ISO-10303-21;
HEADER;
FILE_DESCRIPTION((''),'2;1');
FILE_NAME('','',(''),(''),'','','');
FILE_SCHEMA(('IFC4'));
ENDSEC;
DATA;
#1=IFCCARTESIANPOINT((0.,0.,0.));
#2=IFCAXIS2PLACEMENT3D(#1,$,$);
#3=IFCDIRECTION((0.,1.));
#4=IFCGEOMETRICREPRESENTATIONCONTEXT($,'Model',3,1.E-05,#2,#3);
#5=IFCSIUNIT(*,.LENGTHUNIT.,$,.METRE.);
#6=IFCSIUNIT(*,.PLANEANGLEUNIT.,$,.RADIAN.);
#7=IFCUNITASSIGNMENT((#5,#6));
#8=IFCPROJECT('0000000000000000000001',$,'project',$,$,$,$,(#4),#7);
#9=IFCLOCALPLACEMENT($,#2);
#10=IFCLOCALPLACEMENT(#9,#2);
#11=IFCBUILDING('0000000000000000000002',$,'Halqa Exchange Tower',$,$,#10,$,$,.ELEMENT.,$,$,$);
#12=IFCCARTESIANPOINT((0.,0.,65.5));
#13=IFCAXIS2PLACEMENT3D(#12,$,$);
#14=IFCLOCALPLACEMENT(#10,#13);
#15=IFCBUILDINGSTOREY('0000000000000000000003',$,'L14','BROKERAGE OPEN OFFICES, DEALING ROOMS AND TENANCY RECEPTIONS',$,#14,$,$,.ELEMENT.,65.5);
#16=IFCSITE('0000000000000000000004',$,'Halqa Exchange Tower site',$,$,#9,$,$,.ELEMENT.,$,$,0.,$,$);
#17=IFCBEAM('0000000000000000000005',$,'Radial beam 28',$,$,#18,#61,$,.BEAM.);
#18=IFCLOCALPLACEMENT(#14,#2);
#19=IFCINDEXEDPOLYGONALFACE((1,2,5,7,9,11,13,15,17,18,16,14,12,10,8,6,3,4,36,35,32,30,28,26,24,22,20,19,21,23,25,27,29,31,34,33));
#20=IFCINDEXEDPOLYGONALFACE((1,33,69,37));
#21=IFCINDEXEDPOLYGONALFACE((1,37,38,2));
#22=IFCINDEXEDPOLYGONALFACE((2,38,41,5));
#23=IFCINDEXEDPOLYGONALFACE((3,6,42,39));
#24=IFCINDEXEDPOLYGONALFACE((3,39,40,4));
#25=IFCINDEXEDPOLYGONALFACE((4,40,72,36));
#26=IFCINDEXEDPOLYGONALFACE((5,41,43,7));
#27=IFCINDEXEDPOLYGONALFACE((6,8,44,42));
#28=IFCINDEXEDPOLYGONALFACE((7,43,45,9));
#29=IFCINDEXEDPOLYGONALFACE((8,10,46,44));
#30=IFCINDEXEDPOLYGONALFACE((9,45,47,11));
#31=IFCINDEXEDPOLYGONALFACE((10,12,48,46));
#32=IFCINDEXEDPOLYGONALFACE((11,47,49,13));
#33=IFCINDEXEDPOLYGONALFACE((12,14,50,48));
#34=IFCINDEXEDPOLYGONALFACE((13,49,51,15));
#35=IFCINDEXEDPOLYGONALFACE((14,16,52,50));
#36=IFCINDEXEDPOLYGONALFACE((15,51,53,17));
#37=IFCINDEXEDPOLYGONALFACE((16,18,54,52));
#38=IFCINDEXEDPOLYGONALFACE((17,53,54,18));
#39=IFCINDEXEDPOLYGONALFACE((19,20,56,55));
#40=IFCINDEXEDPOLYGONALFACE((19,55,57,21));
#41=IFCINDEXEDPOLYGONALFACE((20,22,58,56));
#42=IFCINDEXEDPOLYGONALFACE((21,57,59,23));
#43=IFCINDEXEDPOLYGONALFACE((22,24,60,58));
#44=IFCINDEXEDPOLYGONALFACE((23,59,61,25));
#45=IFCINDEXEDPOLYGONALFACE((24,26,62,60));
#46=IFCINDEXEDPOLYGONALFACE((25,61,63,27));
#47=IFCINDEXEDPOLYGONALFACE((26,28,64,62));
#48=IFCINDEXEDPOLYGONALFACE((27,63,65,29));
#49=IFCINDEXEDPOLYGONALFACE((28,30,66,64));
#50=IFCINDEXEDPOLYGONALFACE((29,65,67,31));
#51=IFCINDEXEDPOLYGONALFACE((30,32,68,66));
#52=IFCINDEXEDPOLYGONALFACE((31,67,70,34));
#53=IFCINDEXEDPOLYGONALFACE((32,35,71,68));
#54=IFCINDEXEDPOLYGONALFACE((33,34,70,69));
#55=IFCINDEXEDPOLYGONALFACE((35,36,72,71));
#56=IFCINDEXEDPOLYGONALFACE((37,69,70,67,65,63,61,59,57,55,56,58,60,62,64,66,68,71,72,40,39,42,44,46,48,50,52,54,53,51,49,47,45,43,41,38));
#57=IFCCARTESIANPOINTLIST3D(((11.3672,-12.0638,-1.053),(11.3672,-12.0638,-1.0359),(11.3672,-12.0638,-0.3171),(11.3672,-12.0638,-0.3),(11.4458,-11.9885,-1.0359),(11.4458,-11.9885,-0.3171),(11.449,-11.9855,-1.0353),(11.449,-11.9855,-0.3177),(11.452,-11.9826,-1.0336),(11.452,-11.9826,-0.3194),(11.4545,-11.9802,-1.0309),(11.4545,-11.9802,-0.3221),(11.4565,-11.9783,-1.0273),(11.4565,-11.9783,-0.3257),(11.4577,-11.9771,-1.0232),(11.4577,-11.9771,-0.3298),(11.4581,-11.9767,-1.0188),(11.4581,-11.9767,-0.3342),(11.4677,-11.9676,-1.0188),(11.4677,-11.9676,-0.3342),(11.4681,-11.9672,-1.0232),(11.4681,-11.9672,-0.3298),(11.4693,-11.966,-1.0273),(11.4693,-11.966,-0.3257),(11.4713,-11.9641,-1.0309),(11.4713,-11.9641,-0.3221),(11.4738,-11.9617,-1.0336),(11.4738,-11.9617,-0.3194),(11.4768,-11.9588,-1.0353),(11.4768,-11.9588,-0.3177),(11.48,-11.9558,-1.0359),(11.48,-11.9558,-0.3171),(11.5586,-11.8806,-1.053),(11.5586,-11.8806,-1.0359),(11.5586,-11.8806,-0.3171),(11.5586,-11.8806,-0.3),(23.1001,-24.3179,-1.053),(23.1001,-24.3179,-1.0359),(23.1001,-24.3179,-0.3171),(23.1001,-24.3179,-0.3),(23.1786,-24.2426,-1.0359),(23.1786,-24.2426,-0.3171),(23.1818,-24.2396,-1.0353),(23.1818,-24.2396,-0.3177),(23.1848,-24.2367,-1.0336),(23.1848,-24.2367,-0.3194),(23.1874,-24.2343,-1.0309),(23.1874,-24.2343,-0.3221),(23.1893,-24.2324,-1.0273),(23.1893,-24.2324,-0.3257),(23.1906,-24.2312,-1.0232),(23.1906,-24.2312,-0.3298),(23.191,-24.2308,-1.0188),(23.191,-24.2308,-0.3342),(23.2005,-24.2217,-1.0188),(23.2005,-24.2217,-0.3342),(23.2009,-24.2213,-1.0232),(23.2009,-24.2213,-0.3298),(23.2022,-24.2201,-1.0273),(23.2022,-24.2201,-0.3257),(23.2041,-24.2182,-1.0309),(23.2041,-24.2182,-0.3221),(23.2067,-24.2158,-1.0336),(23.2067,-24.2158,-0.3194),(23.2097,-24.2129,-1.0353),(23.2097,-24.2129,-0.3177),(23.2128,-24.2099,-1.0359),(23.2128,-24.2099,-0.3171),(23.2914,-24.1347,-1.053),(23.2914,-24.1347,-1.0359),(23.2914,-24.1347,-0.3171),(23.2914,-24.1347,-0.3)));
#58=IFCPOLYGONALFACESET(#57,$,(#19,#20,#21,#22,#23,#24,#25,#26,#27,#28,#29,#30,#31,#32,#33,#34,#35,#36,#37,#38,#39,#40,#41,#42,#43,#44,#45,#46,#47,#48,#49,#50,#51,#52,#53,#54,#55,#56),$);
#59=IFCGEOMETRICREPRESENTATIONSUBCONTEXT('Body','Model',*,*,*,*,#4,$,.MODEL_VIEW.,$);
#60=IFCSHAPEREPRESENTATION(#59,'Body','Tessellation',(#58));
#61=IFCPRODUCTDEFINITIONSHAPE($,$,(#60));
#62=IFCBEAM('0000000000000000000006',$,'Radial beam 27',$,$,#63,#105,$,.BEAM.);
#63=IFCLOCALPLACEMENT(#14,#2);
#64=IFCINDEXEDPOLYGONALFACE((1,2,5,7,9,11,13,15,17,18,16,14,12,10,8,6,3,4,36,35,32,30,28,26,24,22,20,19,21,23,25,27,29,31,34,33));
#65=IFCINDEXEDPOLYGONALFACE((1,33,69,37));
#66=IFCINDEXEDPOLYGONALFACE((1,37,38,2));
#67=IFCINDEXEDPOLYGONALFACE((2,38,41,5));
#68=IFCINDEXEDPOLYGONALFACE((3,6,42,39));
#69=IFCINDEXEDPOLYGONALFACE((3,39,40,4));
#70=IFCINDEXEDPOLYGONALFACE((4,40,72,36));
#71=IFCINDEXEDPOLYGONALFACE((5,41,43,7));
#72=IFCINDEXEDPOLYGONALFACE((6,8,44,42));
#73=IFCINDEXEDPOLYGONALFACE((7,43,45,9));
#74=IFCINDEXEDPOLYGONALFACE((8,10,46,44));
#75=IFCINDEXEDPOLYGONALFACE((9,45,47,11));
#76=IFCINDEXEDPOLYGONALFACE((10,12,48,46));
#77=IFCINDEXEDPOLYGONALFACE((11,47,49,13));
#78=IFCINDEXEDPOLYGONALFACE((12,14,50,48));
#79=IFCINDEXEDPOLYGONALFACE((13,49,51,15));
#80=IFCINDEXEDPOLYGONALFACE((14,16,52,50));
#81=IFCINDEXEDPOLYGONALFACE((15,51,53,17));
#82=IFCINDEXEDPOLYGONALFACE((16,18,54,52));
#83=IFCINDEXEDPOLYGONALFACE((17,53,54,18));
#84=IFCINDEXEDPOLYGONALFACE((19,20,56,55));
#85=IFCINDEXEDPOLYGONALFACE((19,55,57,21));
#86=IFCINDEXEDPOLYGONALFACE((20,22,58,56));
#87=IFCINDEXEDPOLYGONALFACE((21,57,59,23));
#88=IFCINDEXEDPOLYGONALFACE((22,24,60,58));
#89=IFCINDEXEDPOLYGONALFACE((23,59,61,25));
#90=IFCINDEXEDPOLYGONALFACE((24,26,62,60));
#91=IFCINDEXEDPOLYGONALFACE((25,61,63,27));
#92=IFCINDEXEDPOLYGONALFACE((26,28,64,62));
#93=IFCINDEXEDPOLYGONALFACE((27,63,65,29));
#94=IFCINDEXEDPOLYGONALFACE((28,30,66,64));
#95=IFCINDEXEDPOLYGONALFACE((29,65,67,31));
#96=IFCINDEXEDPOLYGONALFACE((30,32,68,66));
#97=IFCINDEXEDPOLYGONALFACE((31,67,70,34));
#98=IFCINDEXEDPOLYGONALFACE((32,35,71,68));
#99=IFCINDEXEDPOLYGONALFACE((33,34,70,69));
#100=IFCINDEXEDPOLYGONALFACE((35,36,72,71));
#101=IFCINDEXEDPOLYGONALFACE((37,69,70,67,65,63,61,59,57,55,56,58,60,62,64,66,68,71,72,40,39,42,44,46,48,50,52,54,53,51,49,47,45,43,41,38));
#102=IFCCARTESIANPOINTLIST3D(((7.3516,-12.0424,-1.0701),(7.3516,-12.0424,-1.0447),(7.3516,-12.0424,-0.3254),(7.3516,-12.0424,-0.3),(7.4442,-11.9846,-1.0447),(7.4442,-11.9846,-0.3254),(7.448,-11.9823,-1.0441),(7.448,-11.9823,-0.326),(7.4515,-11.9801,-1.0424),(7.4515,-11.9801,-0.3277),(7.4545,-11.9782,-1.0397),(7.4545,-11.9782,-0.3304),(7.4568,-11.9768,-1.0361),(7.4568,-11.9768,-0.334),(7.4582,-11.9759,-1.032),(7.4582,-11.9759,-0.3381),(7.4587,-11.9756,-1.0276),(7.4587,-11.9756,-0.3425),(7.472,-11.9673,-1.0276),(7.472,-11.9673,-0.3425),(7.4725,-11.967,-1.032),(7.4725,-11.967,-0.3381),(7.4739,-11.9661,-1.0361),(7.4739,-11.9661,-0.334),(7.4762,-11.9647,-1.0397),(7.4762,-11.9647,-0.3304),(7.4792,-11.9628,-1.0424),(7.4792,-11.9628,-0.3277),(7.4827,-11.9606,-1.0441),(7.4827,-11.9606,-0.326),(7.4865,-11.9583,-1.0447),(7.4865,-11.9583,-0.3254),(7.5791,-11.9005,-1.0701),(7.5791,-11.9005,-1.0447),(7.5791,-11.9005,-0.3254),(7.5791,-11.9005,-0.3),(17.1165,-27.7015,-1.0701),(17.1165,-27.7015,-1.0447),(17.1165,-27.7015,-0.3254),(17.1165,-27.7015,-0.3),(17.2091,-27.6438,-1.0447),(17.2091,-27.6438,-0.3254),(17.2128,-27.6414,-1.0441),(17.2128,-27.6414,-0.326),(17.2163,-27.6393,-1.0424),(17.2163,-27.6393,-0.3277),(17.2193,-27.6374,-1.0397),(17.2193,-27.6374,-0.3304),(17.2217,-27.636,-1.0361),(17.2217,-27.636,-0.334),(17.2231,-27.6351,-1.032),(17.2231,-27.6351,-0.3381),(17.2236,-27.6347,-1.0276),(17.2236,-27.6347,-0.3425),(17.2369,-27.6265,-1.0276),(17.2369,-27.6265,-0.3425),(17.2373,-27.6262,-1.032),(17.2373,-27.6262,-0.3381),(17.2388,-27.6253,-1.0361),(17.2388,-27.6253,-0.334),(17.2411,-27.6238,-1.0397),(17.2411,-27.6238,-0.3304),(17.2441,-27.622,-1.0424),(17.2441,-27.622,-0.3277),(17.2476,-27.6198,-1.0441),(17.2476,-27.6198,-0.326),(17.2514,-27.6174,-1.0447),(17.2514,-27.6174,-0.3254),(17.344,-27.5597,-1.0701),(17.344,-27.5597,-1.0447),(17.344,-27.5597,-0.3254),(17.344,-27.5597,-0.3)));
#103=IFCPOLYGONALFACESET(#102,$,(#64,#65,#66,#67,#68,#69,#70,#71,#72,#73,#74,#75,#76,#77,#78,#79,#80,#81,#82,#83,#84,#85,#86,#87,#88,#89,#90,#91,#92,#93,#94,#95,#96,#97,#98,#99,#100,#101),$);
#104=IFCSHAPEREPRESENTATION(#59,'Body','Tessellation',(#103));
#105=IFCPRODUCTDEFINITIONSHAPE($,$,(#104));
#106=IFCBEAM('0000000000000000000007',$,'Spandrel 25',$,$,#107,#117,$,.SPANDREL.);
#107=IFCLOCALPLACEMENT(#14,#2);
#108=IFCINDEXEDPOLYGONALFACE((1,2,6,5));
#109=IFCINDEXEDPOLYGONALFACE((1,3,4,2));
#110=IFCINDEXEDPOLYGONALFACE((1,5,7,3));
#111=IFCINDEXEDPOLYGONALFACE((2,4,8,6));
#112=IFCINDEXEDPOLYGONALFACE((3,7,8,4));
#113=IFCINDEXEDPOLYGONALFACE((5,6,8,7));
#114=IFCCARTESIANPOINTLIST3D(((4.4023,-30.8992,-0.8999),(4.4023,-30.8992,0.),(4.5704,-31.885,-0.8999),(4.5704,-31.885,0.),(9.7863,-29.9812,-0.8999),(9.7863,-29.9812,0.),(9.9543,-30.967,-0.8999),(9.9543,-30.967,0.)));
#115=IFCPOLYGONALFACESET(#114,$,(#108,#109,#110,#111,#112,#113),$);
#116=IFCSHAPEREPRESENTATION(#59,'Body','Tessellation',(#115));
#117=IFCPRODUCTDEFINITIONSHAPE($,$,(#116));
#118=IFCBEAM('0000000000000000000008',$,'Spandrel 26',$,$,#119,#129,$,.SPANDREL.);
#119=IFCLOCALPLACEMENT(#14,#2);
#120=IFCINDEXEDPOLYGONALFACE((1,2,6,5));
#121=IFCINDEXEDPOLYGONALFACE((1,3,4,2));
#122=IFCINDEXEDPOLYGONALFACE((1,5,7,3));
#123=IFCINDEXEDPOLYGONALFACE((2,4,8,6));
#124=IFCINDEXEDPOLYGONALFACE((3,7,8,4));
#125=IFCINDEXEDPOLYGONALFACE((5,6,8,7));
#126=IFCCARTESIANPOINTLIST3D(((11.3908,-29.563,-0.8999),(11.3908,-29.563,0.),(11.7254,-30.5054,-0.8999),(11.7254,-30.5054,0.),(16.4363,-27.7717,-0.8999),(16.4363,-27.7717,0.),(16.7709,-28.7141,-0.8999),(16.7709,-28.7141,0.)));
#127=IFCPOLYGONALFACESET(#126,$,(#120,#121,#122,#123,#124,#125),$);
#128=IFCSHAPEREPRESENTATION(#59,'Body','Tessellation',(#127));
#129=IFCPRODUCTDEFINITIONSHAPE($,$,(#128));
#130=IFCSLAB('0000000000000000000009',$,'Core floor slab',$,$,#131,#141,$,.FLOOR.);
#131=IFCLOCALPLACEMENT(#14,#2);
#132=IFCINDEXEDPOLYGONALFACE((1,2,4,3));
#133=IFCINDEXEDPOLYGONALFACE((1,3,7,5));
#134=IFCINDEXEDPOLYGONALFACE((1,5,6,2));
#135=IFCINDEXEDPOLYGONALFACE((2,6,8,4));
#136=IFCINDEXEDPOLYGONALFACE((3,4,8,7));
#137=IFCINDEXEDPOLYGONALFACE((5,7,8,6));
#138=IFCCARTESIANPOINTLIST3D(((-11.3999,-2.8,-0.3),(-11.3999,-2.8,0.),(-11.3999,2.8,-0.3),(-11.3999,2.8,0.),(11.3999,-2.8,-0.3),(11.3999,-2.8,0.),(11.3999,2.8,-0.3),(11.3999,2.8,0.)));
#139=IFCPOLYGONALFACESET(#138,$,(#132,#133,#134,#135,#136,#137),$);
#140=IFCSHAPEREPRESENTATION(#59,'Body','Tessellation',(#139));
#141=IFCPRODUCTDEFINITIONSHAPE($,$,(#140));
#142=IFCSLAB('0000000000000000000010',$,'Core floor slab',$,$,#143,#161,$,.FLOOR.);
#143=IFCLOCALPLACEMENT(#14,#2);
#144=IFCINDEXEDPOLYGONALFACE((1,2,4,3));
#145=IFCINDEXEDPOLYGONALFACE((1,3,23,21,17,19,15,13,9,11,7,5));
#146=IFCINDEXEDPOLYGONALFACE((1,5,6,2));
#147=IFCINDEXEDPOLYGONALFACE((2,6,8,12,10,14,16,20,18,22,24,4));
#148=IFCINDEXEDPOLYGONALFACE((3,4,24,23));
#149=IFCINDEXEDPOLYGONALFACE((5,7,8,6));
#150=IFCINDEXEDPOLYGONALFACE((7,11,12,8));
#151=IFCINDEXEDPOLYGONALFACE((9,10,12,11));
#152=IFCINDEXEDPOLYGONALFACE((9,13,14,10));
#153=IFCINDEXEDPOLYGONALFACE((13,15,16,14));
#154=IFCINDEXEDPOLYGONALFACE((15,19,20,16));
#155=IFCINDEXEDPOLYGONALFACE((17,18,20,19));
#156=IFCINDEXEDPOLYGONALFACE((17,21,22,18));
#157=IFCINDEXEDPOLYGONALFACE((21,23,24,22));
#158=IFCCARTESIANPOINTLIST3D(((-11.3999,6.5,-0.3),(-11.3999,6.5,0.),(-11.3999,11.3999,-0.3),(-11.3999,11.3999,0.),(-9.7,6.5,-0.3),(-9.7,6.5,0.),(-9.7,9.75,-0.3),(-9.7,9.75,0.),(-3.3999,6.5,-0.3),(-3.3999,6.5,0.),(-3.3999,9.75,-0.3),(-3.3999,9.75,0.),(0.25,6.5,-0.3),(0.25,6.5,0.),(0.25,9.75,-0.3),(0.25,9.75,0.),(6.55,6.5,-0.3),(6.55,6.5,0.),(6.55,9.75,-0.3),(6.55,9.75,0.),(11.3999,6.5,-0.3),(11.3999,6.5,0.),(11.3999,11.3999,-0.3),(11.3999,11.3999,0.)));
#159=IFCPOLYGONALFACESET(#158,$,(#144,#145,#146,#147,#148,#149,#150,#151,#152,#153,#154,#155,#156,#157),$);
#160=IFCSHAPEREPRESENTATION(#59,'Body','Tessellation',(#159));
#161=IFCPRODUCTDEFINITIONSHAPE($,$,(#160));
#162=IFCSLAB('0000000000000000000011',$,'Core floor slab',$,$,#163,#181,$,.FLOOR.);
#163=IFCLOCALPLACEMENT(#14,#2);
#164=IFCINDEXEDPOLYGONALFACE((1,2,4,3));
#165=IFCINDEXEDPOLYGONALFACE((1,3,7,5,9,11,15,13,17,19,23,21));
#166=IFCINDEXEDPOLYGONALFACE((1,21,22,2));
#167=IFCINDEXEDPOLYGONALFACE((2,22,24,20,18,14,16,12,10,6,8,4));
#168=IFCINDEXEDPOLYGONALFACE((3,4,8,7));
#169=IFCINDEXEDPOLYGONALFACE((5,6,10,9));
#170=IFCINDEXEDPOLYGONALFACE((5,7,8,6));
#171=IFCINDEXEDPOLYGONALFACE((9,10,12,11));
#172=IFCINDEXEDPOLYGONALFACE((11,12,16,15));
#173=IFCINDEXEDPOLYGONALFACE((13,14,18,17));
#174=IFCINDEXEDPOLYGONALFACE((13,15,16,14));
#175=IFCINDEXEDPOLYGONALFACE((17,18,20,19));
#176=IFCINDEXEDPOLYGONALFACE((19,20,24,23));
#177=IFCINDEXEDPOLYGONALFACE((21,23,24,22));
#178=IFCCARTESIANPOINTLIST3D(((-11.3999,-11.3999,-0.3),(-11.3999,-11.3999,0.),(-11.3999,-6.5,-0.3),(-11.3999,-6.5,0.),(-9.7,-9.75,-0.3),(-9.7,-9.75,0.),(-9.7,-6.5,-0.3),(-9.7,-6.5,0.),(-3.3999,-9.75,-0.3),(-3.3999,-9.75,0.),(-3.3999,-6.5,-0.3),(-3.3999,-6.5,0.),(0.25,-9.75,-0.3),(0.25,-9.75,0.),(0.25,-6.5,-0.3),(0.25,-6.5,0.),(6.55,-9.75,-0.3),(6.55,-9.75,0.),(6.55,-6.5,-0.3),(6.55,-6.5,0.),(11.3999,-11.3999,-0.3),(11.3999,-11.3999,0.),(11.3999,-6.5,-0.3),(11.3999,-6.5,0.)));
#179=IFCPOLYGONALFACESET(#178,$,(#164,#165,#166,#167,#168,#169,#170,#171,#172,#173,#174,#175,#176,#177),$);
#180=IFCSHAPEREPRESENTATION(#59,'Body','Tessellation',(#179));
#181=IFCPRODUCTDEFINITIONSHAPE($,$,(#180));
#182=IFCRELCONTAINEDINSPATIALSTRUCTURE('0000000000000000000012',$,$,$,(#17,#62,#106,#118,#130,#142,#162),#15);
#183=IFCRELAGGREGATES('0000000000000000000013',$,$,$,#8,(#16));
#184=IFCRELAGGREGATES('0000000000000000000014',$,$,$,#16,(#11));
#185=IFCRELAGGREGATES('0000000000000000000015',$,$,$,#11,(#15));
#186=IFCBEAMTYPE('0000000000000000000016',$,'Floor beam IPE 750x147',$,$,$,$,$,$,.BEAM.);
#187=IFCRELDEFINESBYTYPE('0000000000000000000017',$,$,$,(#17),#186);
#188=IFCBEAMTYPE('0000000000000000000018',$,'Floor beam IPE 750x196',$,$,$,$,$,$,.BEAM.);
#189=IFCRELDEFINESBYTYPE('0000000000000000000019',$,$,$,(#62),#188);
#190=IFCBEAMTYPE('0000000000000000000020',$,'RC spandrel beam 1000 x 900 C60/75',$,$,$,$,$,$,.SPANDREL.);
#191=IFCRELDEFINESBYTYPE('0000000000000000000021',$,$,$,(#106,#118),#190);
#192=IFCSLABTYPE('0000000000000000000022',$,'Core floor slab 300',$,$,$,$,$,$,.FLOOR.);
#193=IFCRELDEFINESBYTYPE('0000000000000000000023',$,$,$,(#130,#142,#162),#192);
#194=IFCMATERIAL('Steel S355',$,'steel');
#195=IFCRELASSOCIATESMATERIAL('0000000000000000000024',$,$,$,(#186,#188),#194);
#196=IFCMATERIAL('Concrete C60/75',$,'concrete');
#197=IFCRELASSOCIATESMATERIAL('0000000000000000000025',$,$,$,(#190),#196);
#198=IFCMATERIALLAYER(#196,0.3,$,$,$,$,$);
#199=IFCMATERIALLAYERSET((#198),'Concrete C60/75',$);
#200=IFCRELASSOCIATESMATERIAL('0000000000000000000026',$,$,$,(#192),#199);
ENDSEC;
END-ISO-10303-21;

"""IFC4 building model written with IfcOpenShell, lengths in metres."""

from ifc_helpers import new_model, si_unit, direction, frame, origin, origin_2d, place, context, subcontext, project, spatial, polyline, rectangle, i_section, outline, extrude, material, layer, layer_set, material_profile, profile_set, type_object, element, save


model = new_model("IFC4")

# Units and contexts
model_context = context("Model", 3, precision=1e-05, world=origin(), true_north=direction((0.0, 1.0)))
body_context = subcontext(model_context, "Body", "Model", "MODEL_VIEW")
ifc_project = project(units=[si_unit("LENGTHUNIT", "METRE"), si_unit("PLANEANGLEUNIT", "RADIAN")], contexts=[model_context])

# Site, building, storey
site_placement = place(None, origin())
site = spatial("IfcSite", under=ifc_project, at=site_placement, Name="Halqa Exchange Tower site", CompositionType="ELEMENT", RefElevation=0.0)
building_placement = place(site_placement, origin())
building = spatial("IfcBuilding", under=site, at=building_placement, Name="Halqa Exchange Tower", CompositionType="ELEMENT")
storey_placement = place(building_placement, frame((0.0, 0.0, 65.5)))
storey = spatial("IfcBuildingStorey", under=building, at=storey_placement, Name="L14", Description="BROKERAGE OPEN OFFICES, DEALING ROOMS AND TENANCY RECEPTIONS", CompositionType="ELEMENT", Elevation=65.5)

# Beams
ifc_material_1 = material(Name="Steel S355", Category="steel")
ifc_material_profile_1 = material_profile(ifc_material_1, i_section(OverallWidth=0.2649, OverallDepth=0.7529, WebThickness=0.0132, FlangeThickness=0.0171, FilletRadius=0.0171, at=origin_2d()), Name="IPE 750x147")
ifc_profile_set_1 = profile_set([ifc_material_profile_1], Name="Steel S355")
beam_type_1 = type_object("IfcBeamType", Name="Floor beam IPE 750x147", PredefinedType="BEAM", material=ifc_profile_set_1)
beam_1_placement = place(storey_placement, frame((11.4629, -11.9722, -0.6765), z_axis=(0.691578, -0.722302, 0.0), x_axis=(0.722302, 0.691578, 0.0)))
element("IfcBeam", 1, at=beam_1_placement, inside=storey, type_object=beam_type_1, Name="Radial beam 28", PredefinedType="BEAM", context=body_context, shape_type="SweptSolid", body=[
    extrude(i_section(OverallWidth=0.2649, OverallDepth=0.7529, WebThickness=0.0132, FlangeThickness=0.0171, FilletRadius=0.0171, at=origin_2d()), origin(), (0.0, 0.0, 1.0), 16.9653),
])
ifc_material_profile_2 = material_profile(ifc_material_1, i_section(OverallWidth=0.2681, OverallDepth=0.77, WebThickness=0.0156, FlangeThickness=0.0254, FilletRadius=0.0171, at=origin_2d()), Name="IPE 750x196")
ifc_profile_set_2 = profile_set([ifc_material_profile_2], Name="Steel S355")
beam_type_2 = type_object("IfcBeamType", Name="Floor beam IPE 750x196", PredefinedType="BEAM", material=ifc_profile_set_2)
beam_2_placement = place(storey_placement, frame((7.4653, -11.9714, -0.6851), z_axis=(0.529138, -0.848536, 0.0), x_axis=(0.848536, 0.529138, 0.0)))
element("IfcBeam", 2, at=beam_2_placement, inside=storey, type_object=beam_type_2, Name="Radial beam 27", PredefinedType="BEAM", context=body_context, shape_type="SweptSolid", body=[
    extrude(i_section(OverallWidth=0.2681, OverallDepth=0.77, WebThickness=0.0156, FlangeThickness=0.0254, FilletRadius=0.0171, at=origin_2d()), origin(), (0.0, 0.0, 1.0), 18.4543),
])
ifc_material_2 = material(Name="Concrete C60/75", Category="concrete")
ifc_material_profile_3 = material_profile(ifc_material_2, rectangle(XDim=1.0, YDim=0.8999, at=origin_2d()), Name="1000 x 900")
ifc_profile_set_3 = profile_set([ifc_material_profile_3], Name="Concrete C60/75")
beam_type_3 = type_object("IfcBeamType", Name="RC spandrel beam 1000 x 900 C60/75", PredefinedType="SPANDREL", material=ifc_profile_set_3)
beam_3_placement = place(storey_placement, frame((4.4863, -31.3921, -0.45), z_axis=(0.985775, 0.168073, 0.0), x_axis=(-0.168073, 0.985775, 0.0)))
element("IfcBeam", 3, at=beam_3_placement, inside=storey, type_object=beam_type_3, Name="Spandrel 25", PredefinedType="SPANDREL", context=body_context, shape_type="SweptSolid", body=[
    extrude(rectangle(XDim=1.0, YDim=0.8999, at=origin_2d()), origin(), (0.0, 0.0, 1.0), 5.4617),
])
beam_4_placement = place(storey_placement, frame((11.5581, -30.0342, -0.45), z_axis=(0.942372, 0.334568, 0.0), x_axis=(-0.334568, 0.942372, 0.0)))
element("IfcBeam", 4, at=beam_4_placement, inside=storey, type_object=beam_type_3, Name="Spandrel 26", PredefinedType="SPANDREL", context=body_context, shape_type="SweptSolid", body=[
    extrude(rectangle(XDim=1.0, YDim=0.8999, at=origin_2d()), origin(), (0.0, 0.0, 1.0), 5.354),
])

# Slabs
ifc_layer_1 = layer(ifc_material_2, 0.3)
ifc_layer_set_1 = layer_set([ifc_layer_1], Name="Concrete C60/75")
slab_type_1 = type_object("IfcSlabType", Name="Core floor slab 300", PredefinedType="FLOOR", material=ifc_layer_set_1)
slab_1_placement = place(storey_placement, frame((0.0, 0.0, -0.3)))
element("IfcSlab", 5, at=slab_1_placement, inside=storey, type_object=slab_type_1, Name="Core floor slab", PredefinedType="FLOOR", context=body_context, shape_type="SweptSolid", body=[
    extrude(outline(polyline([(-11.3999, 2.8), (11.3999, 2.8), (11.3999, -2.8), (-11.3999, -2.8), (-11.3999, 2.8)])), origin(), (0.0, 0.0, 1.0), 0.3),
])
slab_2_placement = place(storey_placement, frame((0.0, 0.0, -0.3)))
element("IfcSlab", 6, at=slab_2_placement, inside=storey, type_object=slab_type_1, Name="Core floor slab", PredefinedType="FLOOR", context=body_context, shape_type="SweptSolid", body=[
    extrude(outline(polyline([(-11.3999, 11.3999), (11.3999, 11.3999), (11.3999, 6.5), (6.55, 6.5), (6.55, 9.75), (0.25, 9.75), (0.25, 6.5), (-3.3999, 6.5), (-3.3999, 9.75), (-9.7, 9.75), (-9.7, 6.5), (-11.3999, 6.5), (-11.3999, 11.3999)])), origin(), (0.0, 0.0, 1.0), 0.3),
])
slab_3_placement = place(storey_placement, frame((0.0, 0.0, -0.3)))
element("IfcSlab", 7, at=slab_3_placement, inside=storey, type_object=slab_type_1, Name="Core floor slab", PredefinedType="FLOOR", context=body_context, shape_type="SweptSolid", body=[
    extrude(outline(polyline([(-9.7, -9.75), (-3.3999, -9.75), (-3.3999, -6.5), (0.25, -6.5), (0.25, -9.75), (6.55, -9.75), (6.55, -6.5), (11.3999, -6.5), (11.3999, -11.3999), (-11.3999, -11.3999), (-11.3999, -6.5), (-9.7, -6.5), (-9.7, -9.75)])), origin(), (0.0, 0.0, 1.0), 0.3),
])

save(model, "model.ifc")
